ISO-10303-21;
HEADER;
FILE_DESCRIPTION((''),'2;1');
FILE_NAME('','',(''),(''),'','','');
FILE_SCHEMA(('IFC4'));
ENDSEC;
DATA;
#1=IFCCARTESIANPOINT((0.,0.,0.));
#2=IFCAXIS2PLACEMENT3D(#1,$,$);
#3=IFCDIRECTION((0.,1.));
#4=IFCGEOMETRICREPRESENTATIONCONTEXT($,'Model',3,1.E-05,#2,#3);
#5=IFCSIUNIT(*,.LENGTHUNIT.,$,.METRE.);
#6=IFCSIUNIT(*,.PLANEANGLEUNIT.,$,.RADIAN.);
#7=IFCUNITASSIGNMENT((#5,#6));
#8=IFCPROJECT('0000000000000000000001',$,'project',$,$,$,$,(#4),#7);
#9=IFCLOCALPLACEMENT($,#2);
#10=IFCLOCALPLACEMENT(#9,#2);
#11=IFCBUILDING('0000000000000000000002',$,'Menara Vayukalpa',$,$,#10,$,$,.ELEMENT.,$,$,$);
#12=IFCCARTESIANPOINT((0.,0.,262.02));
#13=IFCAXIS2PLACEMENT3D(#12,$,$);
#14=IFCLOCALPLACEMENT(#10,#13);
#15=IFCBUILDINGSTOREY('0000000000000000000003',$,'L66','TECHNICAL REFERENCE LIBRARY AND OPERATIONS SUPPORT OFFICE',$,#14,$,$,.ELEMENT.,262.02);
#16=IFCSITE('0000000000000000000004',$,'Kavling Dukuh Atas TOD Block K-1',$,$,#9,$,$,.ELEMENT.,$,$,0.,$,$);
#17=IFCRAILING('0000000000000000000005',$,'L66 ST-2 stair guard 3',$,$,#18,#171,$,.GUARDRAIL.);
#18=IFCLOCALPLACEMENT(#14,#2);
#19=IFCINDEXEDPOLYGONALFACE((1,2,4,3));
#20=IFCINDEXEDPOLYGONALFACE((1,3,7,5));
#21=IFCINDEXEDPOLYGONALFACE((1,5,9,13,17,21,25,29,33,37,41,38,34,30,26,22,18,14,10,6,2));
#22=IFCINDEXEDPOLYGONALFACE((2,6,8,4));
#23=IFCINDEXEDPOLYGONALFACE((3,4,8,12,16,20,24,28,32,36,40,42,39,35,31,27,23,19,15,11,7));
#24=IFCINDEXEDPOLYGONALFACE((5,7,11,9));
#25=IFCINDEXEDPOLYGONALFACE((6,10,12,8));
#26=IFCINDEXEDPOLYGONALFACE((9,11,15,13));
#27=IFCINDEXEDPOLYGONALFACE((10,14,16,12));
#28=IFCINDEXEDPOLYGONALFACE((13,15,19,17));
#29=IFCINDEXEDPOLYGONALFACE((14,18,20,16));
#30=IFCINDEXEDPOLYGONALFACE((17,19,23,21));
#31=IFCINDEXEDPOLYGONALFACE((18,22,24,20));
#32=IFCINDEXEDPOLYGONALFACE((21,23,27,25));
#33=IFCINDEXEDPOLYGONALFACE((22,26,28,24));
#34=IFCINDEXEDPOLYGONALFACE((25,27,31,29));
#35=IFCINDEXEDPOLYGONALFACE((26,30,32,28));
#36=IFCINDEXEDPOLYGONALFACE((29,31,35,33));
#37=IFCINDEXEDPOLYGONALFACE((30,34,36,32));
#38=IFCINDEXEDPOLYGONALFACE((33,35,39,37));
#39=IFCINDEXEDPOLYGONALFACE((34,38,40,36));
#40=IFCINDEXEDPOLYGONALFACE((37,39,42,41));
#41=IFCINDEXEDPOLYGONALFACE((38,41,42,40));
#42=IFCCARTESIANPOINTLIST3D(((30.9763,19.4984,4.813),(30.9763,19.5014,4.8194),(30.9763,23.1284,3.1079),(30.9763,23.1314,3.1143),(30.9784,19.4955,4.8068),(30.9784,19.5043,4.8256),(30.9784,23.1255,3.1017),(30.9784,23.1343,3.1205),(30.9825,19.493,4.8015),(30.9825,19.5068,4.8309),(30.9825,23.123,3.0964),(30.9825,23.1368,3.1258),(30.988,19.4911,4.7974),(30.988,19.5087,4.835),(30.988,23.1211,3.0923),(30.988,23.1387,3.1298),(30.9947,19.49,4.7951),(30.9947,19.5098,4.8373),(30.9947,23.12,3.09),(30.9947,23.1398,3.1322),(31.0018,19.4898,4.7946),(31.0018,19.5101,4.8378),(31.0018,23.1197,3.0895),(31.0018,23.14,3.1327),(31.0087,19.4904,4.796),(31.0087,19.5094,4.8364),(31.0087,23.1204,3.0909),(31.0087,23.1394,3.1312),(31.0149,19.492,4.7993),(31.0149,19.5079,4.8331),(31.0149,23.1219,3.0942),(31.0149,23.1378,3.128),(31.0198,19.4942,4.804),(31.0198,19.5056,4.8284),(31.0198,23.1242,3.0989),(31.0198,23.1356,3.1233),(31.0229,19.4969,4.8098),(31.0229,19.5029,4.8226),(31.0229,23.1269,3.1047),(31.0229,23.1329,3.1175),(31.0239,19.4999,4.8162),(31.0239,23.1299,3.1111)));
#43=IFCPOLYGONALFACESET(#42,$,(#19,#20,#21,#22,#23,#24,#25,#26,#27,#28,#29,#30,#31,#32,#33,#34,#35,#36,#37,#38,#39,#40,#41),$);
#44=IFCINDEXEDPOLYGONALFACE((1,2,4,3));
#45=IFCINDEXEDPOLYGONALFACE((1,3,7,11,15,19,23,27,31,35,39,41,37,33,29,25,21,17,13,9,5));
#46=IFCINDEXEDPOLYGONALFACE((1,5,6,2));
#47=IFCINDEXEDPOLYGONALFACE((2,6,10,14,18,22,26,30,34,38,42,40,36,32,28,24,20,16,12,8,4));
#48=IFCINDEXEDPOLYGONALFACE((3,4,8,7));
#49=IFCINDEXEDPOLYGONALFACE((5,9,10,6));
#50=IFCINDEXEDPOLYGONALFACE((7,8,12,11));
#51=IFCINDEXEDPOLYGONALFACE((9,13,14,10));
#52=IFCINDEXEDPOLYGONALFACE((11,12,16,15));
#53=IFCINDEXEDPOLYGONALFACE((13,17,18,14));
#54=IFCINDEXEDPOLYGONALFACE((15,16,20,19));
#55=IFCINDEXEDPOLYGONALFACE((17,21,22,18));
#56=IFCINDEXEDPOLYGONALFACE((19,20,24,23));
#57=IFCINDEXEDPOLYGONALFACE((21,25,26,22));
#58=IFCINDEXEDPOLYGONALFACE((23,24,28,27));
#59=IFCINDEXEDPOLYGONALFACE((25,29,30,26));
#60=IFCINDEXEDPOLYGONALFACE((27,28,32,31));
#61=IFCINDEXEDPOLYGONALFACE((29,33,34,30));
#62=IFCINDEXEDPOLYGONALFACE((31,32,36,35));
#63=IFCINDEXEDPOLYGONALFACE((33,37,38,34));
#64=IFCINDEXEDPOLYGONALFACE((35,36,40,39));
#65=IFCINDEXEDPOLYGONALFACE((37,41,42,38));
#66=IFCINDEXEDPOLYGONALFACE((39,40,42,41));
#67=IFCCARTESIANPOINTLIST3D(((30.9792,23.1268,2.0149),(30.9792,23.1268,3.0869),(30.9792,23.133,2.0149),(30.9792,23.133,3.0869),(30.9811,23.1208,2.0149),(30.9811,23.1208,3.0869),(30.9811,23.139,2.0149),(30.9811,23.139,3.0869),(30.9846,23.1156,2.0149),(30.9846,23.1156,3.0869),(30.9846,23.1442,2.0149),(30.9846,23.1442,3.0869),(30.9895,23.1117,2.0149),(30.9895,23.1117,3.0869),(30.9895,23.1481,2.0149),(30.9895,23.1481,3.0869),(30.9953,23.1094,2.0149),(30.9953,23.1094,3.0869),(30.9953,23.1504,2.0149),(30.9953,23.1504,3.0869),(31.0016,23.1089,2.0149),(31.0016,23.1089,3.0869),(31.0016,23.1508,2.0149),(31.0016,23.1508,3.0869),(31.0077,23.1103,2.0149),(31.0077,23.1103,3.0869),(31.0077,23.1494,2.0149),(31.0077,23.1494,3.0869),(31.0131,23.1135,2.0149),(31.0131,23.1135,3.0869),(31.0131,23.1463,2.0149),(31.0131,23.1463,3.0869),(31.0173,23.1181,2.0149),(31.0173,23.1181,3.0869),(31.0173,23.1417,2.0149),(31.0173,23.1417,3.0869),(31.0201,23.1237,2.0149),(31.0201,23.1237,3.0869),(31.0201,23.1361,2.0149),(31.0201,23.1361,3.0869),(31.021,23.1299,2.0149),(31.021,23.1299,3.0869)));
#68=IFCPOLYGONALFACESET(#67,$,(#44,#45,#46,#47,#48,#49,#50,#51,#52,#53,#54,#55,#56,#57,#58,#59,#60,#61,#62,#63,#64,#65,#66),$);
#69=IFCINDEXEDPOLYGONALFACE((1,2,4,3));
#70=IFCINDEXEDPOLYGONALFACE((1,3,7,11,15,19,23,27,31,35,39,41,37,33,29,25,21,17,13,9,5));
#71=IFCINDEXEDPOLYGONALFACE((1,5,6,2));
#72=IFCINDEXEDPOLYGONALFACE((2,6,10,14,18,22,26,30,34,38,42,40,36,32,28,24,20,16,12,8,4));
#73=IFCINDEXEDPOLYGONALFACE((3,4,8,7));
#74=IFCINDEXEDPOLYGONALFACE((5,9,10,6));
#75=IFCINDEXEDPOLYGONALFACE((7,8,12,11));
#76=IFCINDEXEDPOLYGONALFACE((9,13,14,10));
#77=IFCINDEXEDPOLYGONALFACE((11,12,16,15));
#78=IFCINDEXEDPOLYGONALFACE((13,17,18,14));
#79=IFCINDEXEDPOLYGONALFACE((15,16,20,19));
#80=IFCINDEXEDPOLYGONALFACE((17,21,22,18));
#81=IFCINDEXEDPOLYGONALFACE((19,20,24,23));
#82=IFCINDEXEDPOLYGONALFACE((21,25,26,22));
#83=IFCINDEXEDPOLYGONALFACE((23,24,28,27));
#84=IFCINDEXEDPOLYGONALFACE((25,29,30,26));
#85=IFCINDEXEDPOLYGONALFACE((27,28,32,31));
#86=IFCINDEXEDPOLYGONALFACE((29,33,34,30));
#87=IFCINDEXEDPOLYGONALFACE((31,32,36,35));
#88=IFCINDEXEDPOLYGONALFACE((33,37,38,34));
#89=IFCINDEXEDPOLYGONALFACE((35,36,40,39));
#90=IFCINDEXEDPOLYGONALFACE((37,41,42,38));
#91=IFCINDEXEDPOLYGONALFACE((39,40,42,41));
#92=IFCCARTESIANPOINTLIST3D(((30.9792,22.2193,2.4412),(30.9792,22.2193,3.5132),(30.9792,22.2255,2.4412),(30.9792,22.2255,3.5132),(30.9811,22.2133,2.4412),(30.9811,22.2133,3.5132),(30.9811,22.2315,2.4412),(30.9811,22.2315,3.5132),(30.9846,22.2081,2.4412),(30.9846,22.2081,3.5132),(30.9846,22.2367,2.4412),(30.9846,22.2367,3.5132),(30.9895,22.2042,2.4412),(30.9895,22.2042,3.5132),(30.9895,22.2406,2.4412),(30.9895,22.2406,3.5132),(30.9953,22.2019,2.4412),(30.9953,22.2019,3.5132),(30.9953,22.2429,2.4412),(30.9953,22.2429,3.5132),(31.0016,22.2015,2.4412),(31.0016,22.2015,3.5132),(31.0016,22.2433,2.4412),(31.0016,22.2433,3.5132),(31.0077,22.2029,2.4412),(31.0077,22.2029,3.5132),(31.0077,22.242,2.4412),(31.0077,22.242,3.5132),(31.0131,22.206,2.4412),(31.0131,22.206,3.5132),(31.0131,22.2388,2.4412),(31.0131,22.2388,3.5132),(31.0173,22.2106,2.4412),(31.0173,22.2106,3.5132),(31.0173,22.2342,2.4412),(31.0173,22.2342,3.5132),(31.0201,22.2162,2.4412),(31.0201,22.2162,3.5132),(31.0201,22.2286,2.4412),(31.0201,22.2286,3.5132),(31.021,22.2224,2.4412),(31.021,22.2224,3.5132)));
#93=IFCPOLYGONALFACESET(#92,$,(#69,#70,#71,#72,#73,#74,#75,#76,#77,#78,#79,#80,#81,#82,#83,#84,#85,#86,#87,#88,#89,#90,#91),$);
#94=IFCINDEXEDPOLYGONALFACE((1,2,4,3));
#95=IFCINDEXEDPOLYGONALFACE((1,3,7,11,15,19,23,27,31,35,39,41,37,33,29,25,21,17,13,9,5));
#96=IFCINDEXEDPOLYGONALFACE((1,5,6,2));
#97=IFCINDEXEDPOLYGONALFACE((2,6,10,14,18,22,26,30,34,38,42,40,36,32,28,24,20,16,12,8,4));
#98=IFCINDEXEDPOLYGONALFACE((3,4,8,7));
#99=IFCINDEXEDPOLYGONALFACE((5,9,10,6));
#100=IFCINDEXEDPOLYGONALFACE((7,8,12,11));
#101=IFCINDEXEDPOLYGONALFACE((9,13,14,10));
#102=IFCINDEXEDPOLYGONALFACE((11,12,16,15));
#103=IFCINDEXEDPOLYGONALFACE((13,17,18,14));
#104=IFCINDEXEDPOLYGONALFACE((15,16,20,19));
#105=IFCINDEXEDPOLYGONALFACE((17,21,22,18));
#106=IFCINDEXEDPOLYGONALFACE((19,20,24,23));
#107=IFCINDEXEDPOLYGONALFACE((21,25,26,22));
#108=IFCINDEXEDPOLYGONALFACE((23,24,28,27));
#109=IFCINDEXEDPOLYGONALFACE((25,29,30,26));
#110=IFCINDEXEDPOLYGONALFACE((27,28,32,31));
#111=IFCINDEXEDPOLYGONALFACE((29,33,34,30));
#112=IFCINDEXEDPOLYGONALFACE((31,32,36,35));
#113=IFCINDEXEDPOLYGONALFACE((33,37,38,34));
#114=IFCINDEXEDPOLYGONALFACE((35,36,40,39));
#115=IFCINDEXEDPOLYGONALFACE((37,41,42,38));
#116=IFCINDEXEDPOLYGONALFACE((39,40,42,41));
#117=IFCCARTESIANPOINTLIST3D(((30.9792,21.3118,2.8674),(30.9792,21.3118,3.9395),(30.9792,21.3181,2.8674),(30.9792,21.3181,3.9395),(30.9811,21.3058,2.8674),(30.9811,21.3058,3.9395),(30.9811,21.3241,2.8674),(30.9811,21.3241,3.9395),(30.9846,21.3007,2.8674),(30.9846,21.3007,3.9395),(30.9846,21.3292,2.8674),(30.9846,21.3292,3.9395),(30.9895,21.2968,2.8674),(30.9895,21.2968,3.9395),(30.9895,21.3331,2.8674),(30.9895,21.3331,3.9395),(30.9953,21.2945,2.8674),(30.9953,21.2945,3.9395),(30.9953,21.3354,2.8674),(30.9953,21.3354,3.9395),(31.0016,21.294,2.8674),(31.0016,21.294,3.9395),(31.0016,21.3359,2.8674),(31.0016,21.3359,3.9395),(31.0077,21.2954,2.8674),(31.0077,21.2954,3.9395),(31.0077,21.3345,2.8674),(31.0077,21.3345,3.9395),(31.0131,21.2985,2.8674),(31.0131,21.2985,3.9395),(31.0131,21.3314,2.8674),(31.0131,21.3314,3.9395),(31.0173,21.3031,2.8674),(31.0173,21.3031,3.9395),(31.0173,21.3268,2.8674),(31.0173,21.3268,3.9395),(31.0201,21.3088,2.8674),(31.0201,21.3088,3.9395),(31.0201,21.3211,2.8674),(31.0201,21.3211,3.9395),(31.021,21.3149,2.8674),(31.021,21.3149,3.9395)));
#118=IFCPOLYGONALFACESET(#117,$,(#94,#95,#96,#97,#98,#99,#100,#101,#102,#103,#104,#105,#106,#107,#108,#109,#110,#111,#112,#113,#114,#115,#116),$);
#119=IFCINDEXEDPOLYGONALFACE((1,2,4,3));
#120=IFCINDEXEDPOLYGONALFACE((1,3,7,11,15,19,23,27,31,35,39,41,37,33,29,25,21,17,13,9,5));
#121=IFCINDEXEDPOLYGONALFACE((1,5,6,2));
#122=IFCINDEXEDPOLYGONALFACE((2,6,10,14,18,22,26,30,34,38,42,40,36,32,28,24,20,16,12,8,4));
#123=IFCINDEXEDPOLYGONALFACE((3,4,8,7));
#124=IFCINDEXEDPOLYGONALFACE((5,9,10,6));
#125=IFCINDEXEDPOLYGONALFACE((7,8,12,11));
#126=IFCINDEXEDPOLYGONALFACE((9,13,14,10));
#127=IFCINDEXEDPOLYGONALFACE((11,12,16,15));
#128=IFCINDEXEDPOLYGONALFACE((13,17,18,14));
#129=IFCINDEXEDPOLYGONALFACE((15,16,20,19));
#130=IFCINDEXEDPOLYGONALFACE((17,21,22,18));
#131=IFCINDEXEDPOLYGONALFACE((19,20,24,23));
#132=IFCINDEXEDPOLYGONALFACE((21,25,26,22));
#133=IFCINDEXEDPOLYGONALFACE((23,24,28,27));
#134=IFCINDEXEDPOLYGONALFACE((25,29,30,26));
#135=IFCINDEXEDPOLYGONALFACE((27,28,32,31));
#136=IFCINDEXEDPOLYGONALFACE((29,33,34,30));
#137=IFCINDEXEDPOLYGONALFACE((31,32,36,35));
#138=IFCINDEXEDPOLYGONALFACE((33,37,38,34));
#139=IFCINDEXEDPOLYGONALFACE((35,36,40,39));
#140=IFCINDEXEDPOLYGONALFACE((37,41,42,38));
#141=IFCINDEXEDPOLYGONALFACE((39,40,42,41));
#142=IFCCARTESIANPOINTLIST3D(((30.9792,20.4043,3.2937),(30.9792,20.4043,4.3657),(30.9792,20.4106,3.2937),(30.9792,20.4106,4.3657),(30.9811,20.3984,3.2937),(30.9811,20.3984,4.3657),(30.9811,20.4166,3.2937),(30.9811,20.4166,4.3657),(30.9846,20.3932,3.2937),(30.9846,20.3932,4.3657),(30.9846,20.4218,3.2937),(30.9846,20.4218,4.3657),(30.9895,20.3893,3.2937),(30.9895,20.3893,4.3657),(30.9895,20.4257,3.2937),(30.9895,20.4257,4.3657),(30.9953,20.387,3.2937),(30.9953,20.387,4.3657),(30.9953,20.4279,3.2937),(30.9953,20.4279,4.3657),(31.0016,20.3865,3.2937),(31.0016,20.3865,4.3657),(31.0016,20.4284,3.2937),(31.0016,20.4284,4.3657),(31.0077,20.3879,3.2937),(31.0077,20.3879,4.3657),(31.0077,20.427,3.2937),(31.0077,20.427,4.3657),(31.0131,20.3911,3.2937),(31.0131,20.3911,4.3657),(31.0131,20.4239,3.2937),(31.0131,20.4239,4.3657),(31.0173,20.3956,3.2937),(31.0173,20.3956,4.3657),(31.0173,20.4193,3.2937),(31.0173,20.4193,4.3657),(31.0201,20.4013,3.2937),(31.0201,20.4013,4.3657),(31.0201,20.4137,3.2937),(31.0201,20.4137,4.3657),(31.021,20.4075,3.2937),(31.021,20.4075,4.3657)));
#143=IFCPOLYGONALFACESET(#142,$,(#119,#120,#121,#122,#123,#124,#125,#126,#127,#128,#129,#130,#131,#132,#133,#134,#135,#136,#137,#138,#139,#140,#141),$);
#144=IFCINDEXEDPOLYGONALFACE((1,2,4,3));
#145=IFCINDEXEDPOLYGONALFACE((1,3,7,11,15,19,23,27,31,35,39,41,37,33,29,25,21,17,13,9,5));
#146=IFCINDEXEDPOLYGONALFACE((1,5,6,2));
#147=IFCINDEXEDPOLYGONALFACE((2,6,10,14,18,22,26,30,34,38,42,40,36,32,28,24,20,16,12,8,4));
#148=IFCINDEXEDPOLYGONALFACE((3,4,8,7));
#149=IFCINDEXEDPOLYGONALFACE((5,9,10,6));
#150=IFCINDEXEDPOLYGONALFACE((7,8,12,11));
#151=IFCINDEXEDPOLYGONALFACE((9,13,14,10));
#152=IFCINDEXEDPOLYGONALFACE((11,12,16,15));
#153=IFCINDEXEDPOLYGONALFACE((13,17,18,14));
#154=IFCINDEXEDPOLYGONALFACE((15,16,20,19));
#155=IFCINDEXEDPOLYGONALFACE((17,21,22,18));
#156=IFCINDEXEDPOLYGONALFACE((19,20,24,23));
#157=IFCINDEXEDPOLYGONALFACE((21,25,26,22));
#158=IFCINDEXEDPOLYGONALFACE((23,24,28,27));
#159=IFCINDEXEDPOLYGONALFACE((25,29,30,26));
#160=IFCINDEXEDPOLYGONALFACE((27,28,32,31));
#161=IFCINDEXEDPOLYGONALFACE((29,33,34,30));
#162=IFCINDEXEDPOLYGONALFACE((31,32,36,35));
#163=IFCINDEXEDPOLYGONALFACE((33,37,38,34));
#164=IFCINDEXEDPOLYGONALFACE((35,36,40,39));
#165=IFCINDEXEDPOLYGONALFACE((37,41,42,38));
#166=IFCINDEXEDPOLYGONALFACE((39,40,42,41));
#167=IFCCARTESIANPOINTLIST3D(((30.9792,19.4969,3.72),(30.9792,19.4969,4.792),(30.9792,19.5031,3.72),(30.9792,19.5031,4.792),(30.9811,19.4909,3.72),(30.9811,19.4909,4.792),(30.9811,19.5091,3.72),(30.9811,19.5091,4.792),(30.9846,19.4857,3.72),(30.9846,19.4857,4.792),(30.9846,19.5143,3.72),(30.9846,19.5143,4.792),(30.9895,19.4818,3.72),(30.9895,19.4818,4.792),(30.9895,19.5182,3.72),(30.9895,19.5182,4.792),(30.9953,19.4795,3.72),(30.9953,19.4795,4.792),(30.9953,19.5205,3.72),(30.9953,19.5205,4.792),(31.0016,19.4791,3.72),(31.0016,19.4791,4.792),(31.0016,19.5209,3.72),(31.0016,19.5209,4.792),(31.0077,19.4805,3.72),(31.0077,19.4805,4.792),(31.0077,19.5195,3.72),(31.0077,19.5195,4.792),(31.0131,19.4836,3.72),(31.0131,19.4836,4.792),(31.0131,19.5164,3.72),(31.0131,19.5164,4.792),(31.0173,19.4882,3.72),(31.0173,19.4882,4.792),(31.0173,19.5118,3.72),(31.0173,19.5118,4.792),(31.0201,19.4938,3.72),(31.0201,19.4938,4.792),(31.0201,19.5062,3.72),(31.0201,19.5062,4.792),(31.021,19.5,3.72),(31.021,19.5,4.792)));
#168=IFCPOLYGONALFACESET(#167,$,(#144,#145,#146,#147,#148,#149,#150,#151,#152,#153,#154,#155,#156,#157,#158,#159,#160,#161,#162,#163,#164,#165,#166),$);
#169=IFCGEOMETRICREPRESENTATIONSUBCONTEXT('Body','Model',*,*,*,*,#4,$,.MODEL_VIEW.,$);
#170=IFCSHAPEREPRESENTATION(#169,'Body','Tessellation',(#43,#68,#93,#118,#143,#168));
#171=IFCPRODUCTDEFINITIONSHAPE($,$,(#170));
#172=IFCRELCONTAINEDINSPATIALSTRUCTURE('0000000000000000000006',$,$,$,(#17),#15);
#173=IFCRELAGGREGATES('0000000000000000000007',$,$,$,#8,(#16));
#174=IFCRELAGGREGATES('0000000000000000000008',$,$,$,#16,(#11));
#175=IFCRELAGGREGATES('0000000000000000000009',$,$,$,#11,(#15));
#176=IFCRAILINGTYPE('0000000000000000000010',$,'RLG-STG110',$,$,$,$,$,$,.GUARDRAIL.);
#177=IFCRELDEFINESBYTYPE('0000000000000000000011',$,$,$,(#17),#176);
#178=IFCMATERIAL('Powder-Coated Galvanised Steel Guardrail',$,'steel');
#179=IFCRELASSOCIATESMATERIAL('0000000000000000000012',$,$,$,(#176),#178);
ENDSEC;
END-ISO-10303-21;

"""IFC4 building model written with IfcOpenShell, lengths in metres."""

from ifc_helpers import new_model, si_unit, direction, frame, origin, origin_2d, place, context, subcontext, project, spatial, circle, extrude, material, type_object, element, save


model = new_model("IFC4")

# Units and contexts
model_context = context("Model", 3, precision=1e-05, world=origin(), true_north=direction((0.0, 1.0)))
body_context = subcontext(model_context, "Body", "Model", "MODEL_VIEW")
ifc_project = project(units=[si_unit("LENGTHUNIT", "METRE"), si_unit("PLANEANGLEUNIT", "RADIAN")], contexts=[model_context])

# Site, building, storey
site_placement = place(None, origin())
site = spatial("IfcSite", under=ifc_project, at=site_placement, Name="Kavling Dukuh Atas TOD Block K-1", CompositionType="ELEMENT", RefElevation=0.0)
building_placement = place(site_placement, origin())
building = spatial("IfcBuilding", under=site, at=building_placement, Name="Menara Vayukalpa", CompositionType="ELEMENT")
storey_placement = place(building_placement, frame((0.0, 0.0, 262.02)))
storey = spatial("IfcBuildingStorey", under=building, at=storey_placement, Name="L66", Description="TECHNICAL REFERENCE LIBRARY AND OPERATIONS SUPPORT OFFICE", CompositionType="ELEMENT", Elevation=262.02)

# Railing
ifc_material_1 = material(Name="Powder-Coated Galvanised Steel Guardrail", Category="steel")
railing_type_1 = type_object("IfcRailingType", Name="RLG-STG110", PredefinedType="GUARDRAIL", material=ifc_material_1)
railing_1_placement = place(storey_placement, frame((31.0, 23.1299, 2.0149)))
element("IfcRailing", 1, at=railing_1_placement, inside=storey, type_object=railing_type_1, Name="L66 ST-2 stair guard 3", PredefinedType="GUARDRAIL", context=body_context, shape_type="SweptSolid", body=[
    extrude(circle(Radius=0.0239, at=origin_2d()), frame((0.0, 0.0, 1.0962), z_axis=(0.0, -0.905116, 0.425164), x_axis=(1.0, 0.0, 0.0)), (0.0, 0.0, 1.0), 4.0105),
    extrude(circle(Radius=0.021, at=origin_2d()), origin(), (0.0, 0.0, 1.0), 1.072),
    extrude(circle(Radius=0.021, at=origin_2d()), frame((0.0, -0.9075, 0.4263)), (0.0, 0.0, 1.0), 1.072),
    extrude(circle(Radius=0.021, at=origin_2d()), frame((0.0, -1.8149, 0.8525)), (0.0, 0.0, 1.0), 1.072),
    extrude(circle(Radius=0.021, at=origin_2d()), frame((0.0, -2.7224, 1.2788)), (0.0, 0.0, 1.0), 1.072),
    extrude(circle(Radius=0.021, at=origin_2d()), frame((0.0, -3.6299, 1.7051)), (0.0, 0.0, 1.0), 1.072),
])

save(model, "model.ifc")
